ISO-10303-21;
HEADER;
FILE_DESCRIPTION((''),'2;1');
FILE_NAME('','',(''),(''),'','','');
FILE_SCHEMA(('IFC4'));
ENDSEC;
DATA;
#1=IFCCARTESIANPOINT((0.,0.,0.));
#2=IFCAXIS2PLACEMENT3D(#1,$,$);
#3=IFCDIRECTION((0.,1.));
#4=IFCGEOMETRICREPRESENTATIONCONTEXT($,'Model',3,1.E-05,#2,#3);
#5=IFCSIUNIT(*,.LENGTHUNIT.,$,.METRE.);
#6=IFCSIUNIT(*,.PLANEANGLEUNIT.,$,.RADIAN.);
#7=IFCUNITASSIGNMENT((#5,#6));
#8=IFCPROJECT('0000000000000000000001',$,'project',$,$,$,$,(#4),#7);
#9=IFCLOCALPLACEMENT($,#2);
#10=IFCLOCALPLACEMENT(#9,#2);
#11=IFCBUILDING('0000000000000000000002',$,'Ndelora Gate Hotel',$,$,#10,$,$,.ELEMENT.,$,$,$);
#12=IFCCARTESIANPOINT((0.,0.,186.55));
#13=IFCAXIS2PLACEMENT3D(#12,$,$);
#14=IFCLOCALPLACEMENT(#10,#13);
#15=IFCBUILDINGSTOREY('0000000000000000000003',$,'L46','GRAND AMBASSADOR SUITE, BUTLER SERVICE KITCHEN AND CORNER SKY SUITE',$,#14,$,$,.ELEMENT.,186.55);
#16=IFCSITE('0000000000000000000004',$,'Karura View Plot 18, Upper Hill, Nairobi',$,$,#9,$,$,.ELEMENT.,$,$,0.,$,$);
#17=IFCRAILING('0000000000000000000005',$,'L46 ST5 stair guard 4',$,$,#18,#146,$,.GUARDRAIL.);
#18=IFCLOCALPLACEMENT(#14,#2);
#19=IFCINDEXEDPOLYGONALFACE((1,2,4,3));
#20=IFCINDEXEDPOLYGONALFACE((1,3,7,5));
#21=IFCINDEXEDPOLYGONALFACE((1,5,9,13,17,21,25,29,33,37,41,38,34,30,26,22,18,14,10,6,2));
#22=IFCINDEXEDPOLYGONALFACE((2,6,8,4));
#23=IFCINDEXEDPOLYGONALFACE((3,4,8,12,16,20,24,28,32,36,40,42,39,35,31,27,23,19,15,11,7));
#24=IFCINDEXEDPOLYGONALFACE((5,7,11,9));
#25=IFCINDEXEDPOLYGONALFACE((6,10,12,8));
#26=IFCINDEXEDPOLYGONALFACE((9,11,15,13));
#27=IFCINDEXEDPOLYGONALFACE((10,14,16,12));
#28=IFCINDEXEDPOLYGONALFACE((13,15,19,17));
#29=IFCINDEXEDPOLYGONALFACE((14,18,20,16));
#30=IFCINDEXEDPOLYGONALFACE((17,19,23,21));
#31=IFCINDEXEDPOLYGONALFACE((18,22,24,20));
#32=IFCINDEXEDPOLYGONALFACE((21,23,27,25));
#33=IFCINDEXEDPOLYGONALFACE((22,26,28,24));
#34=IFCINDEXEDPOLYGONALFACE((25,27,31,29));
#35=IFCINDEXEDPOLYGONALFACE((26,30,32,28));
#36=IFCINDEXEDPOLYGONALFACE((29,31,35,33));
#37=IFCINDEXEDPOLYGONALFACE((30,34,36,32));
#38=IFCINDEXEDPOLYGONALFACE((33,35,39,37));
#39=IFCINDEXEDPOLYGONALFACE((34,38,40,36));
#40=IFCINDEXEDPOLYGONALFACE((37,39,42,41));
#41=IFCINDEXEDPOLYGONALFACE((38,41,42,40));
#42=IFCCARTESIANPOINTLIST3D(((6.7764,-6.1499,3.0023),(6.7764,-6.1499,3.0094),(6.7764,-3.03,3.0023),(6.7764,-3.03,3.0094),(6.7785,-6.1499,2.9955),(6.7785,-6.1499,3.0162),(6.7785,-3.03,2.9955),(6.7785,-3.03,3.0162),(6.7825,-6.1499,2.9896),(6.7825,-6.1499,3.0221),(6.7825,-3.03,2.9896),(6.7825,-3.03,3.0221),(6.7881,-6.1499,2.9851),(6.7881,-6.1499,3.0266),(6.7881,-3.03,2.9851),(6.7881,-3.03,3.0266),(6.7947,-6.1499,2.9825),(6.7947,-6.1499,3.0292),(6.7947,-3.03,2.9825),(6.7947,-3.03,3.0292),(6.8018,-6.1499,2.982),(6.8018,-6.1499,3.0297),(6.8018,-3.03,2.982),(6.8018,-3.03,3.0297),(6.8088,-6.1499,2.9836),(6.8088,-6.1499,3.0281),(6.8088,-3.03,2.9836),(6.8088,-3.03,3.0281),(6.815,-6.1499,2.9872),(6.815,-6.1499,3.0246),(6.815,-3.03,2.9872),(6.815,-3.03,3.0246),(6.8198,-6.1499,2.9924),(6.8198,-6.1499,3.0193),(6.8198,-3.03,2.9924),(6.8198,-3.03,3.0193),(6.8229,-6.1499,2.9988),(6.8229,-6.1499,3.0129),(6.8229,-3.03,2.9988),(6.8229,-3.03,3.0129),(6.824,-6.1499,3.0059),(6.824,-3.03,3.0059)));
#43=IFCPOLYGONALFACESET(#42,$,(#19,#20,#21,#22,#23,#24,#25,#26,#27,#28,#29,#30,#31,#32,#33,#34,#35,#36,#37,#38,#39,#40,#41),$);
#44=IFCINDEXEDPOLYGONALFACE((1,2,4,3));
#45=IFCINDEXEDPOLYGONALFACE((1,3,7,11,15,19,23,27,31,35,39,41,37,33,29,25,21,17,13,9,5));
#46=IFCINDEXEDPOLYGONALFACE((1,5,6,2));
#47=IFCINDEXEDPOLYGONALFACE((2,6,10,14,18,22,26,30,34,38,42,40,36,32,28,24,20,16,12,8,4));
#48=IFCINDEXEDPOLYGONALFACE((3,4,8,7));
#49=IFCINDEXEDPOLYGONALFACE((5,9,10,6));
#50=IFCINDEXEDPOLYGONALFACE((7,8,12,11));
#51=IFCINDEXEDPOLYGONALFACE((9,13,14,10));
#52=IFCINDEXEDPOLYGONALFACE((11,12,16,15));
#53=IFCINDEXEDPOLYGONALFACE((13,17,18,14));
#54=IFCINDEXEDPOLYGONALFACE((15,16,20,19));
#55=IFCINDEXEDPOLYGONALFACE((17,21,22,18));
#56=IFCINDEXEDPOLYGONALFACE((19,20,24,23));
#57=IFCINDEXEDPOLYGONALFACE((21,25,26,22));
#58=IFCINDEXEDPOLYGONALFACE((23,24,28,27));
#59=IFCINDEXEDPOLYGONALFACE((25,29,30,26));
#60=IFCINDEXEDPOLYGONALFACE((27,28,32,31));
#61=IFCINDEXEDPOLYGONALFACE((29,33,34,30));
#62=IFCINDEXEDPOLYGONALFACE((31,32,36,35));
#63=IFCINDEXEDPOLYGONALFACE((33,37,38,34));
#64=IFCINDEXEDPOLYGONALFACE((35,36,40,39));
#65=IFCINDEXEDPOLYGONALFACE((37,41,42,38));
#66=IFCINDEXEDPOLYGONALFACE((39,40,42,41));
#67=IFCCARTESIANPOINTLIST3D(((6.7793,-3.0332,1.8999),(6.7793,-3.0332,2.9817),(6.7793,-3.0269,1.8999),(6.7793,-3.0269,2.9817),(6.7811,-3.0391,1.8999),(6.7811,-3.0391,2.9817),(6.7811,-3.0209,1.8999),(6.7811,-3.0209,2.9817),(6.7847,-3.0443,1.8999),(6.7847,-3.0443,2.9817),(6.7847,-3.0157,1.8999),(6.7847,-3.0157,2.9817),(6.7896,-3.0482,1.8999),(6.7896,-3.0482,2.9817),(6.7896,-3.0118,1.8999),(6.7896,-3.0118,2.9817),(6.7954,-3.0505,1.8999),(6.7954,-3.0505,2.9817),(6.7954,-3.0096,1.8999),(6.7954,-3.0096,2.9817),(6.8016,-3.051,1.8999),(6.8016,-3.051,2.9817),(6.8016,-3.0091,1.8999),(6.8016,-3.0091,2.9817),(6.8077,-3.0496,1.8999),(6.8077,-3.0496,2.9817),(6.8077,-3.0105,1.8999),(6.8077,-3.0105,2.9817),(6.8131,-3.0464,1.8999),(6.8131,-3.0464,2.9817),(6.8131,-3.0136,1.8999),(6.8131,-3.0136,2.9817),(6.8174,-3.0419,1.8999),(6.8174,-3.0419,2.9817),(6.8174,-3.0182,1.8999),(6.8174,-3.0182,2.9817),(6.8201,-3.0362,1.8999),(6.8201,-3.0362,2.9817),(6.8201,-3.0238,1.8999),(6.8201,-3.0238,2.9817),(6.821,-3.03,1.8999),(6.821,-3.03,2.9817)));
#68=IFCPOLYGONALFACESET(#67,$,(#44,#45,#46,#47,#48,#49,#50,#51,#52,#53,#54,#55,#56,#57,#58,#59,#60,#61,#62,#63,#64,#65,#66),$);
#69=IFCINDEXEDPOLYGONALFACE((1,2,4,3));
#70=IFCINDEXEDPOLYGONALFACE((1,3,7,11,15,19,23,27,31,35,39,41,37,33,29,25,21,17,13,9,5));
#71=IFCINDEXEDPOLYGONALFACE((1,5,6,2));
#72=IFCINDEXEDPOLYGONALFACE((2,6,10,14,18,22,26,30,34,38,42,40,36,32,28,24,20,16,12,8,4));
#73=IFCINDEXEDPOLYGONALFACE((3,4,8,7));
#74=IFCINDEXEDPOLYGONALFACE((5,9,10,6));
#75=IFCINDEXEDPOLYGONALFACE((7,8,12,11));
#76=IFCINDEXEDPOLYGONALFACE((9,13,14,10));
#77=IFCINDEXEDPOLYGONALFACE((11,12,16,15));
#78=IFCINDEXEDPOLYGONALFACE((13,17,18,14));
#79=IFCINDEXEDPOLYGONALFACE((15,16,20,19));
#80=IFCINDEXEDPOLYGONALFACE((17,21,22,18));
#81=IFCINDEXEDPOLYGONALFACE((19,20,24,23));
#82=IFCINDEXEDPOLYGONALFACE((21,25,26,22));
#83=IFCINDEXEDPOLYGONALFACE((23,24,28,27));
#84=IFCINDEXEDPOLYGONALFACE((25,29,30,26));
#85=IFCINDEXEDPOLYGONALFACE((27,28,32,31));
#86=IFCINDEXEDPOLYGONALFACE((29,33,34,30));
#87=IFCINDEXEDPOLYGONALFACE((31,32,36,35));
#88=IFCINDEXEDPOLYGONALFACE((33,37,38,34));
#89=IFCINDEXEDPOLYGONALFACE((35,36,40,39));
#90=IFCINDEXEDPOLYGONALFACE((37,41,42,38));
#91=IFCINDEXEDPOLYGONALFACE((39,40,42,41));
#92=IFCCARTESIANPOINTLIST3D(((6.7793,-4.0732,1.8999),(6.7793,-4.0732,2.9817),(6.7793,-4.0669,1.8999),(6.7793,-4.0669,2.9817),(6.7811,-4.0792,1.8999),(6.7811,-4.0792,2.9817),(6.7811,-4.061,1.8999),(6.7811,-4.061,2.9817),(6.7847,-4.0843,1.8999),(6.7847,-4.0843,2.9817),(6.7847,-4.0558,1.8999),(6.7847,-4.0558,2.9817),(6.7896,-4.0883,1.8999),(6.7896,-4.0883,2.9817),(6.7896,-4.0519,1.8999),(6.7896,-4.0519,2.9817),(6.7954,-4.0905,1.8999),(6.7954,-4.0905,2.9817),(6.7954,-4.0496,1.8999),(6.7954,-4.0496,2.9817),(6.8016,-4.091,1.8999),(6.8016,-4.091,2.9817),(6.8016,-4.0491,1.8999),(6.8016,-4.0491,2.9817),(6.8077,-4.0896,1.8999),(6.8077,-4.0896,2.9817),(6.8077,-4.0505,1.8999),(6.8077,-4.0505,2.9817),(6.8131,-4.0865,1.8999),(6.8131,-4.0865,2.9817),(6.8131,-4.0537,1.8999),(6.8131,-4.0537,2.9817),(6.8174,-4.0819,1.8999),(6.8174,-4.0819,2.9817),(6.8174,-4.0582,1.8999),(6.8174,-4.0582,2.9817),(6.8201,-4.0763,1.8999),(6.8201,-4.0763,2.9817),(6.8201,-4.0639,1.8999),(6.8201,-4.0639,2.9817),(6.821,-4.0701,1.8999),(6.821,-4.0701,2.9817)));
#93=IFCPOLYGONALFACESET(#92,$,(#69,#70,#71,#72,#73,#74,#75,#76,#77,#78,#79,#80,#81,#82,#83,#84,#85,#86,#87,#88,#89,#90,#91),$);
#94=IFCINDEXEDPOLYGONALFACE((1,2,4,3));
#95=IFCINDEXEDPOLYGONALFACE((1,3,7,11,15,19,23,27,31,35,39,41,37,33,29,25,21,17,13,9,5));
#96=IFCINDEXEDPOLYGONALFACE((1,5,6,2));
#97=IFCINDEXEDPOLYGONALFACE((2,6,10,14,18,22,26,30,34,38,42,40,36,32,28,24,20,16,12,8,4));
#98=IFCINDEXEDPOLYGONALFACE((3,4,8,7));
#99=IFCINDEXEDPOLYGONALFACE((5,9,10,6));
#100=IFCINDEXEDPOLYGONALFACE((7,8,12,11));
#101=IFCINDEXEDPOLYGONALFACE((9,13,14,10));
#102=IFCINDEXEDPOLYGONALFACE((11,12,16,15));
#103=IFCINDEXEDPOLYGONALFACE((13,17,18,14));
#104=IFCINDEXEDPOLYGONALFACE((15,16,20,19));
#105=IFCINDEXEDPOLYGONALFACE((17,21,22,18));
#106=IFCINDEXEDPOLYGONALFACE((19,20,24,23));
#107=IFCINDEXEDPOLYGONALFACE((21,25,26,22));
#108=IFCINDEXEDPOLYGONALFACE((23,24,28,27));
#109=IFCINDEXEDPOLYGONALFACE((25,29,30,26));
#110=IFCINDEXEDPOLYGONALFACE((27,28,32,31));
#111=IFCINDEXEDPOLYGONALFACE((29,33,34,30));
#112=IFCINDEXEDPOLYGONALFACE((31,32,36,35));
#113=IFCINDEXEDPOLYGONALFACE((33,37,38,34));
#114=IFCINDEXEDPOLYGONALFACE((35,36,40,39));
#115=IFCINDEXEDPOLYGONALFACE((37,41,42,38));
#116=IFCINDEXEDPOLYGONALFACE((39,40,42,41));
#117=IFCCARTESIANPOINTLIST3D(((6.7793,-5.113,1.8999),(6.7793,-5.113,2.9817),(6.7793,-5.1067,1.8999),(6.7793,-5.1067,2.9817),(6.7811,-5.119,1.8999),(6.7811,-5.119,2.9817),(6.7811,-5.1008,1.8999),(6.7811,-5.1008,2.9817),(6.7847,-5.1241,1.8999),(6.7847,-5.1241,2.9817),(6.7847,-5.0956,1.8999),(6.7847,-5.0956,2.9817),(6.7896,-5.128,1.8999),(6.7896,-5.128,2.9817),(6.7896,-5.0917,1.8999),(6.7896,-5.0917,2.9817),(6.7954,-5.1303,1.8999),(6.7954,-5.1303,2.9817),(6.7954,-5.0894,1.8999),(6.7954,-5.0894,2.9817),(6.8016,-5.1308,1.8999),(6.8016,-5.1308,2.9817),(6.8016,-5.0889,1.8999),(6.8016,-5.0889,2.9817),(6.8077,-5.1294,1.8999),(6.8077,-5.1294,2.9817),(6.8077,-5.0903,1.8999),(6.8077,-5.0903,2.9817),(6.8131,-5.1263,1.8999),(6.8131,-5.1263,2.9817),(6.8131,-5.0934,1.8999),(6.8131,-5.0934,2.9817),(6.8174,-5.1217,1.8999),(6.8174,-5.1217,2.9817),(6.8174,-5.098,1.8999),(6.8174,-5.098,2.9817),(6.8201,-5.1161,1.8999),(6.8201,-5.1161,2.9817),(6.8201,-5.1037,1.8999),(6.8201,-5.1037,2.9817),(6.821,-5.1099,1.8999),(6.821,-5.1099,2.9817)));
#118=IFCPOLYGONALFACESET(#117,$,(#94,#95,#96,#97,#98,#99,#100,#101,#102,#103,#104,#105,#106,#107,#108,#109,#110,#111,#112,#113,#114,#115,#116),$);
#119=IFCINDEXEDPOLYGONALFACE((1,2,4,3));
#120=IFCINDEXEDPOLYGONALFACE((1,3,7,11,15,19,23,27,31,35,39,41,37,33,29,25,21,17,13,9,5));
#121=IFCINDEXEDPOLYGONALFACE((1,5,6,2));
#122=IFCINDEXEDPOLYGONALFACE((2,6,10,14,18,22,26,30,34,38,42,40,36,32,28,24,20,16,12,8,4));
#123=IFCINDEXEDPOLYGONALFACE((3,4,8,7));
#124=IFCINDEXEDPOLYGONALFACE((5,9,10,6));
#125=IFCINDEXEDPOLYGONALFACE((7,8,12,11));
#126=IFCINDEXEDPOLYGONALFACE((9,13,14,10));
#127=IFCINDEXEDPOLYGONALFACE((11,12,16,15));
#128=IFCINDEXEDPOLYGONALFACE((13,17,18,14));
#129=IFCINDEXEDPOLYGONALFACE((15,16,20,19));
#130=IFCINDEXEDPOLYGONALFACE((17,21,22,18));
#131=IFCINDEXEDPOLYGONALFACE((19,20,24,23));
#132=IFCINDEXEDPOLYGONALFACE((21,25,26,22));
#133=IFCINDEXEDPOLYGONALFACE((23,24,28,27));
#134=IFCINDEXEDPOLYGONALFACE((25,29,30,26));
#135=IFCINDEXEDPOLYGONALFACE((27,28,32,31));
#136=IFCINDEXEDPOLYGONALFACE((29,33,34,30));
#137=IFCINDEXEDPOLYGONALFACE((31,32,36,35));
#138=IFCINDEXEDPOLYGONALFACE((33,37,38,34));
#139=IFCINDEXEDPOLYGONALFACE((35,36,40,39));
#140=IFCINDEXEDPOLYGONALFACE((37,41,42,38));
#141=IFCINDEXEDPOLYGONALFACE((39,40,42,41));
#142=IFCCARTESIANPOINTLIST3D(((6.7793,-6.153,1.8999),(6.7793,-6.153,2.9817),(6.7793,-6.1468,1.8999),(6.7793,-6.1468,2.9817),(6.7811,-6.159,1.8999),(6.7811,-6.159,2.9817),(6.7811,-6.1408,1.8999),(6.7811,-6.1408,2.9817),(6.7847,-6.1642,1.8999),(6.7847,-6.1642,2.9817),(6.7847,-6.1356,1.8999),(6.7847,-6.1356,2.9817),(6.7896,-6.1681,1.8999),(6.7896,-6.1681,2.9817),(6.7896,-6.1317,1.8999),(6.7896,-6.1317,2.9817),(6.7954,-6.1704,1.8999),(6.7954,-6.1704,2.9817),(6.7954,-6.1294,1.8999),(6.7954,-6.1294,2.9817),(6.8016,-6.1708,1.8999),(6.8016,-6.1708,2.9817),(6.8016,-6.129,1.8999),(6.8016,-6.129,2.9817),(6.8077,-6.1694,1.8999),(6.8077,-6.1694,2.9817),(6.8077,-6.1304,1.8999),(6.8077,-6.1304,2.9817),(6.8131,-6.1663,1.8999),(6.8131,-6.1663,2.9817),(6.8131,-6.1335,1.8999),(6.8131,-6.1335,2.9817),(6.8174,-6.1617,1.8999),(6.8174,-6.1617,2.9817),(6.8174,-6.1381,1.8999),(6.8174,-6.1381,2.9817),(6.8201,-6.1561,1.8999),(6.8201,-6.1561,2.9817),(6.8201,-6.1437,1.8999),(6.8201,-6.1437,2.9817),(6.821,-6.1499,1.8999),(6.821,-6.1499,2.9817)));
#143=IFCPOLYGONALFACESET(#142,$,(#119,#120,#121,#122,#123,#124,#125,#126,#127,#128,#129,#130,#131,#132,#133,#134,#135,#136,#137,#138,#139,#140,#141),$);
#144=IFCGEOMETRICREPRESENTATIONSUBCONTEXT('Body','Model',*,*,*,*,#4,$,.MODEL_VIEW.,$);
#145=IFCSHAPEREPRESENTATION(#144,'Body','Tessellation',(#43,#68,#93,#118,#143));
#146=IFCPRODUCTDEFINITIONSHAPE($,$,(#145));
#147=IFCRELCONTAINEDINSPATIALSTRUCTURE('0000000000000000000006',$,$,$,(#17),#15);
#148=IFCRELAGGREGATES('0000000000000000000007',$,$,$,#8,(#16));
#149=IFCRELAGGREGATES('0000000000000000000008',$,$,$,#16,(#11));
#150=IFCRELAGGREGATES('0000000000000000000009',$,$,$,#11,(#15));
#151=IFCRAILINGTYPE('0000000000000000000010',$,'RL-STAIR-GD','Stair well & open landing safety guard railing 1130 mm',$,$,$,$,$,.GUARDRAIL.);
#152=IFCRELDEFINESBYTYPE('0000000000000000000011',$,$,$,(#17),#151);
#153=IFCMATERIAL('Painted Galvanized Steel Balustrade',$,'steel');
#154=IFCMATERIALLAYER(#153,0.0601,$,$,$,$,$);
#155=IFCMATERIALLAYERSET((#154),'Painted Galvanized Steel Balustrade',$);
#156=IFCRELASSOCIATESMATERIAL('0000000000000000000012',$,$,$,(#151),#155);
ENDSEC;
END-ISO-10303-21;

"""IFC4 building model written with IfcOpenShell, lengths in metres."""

from ifc_helpers import new_model, si_unit, direction, frame, origin, origin_2d, place, context, subcontext, project, spatial, circle, extrude, material, layer, layer_set, type_object, element, save


model = new_model("IFC4")

# Units and contexts
model_context = context("Model", 3, precision=1e-05, world=origin(), true_north=direction((0.0, 1.0)))
body_context = subcontext(model_context, "Body", "Model", "MODEL_VIEW")
ifc_project = project(units=[si_unit("LENGTHUNIT", "METRE"), si_unit("PLANEANGLEUNIT", "RADIAN")], contexts=[model_context])

# Site, building, storey
site_placement = place(None, origin())
site = spatial("IfcSite", under=ifc_project, at=site_placement, Name="Karura View Plot 18, Upper Hill, Nairobi", CompositionType="ELEMENT", RefElevation=0.0)
building_placement = place(site_placement, origin())
building = spatial("IfcBuilding", under=site, at=building_placement, Name="Ndelora Gate Hotel", CompositionType="ELEMENT")
storey_placement = place(building_placement, frame((0.0, 0.0, 186.55)))
storey = spatial("IfcBuildingStorey", under=building, at=storey_placement, Name="L46", Description="GRAND AMBASSADOR SUITE, BUTLER SERVICE KITCHEN AND CORNER SKY SUITE", CompositionType="ELEMENT", Elevation=186.55)

# Railing
ifc_material_1 = material(Name="Painted Galvanized Steel Balustrade", Category="steel")
ifc_layer_1 = layer(ifc_material_1, 0.0601)
ifc_layer_set_1 = layer_set([ifc_layer_1], Name="Painted Galvanized Steel Balustrade")
railing_type_1 = type_object("IfcRailingType", Name="RL-STAIR-GD", Description="Stair well & open landing safety guard railing 1130 mm", PredefinedType="GUARDRAIL", material=ifc_layer_set_1)
railing_1_placement = place(storey_placement, frame((6.8, -3.03, 1.8999)))
element("IfcRailing", 1, at=railing_1_placement, inside=storey, type_object=railing_type_1, Name="L46 ST5 stair guard 4", PredefinedType="GUARDRAIL", context=body_context, shape_type="SweptSolid", body=[
    extrude(circle(Radius=0.0239, at=origin_2d()), frame((0.0, 0.0, 1.106), z_axis=(0.0, -1.0, 0.0), x_axis=(1.0, 0.0, 0.0)), (0.0, 0.0, 1.0), 3.1199),
    extrude(circle(Radius=0.021, at=origin_2d()), origin(), (0.0, 0.0, 1.0), 1.0818),
    extrude(circle(Radius=0.021, at=origin_2d()), frame((0.0, -1.04, 0.0)), (0.0, 0.0, 1.0), 1.0818),
    extrude(circle(Radius=0.021, at=origin_2d()), frame((0.0, -2.0798, 0.0)), (0.0, 0.0, 1.0), 1.0818),
    extrude(circle(Radius=0.021, at=origin_2d()), frame((0.0, -3.1199, 0.0)), (0.0, 0.0, 1.0), 1.0818),
])

save(model, "model.ifc")
